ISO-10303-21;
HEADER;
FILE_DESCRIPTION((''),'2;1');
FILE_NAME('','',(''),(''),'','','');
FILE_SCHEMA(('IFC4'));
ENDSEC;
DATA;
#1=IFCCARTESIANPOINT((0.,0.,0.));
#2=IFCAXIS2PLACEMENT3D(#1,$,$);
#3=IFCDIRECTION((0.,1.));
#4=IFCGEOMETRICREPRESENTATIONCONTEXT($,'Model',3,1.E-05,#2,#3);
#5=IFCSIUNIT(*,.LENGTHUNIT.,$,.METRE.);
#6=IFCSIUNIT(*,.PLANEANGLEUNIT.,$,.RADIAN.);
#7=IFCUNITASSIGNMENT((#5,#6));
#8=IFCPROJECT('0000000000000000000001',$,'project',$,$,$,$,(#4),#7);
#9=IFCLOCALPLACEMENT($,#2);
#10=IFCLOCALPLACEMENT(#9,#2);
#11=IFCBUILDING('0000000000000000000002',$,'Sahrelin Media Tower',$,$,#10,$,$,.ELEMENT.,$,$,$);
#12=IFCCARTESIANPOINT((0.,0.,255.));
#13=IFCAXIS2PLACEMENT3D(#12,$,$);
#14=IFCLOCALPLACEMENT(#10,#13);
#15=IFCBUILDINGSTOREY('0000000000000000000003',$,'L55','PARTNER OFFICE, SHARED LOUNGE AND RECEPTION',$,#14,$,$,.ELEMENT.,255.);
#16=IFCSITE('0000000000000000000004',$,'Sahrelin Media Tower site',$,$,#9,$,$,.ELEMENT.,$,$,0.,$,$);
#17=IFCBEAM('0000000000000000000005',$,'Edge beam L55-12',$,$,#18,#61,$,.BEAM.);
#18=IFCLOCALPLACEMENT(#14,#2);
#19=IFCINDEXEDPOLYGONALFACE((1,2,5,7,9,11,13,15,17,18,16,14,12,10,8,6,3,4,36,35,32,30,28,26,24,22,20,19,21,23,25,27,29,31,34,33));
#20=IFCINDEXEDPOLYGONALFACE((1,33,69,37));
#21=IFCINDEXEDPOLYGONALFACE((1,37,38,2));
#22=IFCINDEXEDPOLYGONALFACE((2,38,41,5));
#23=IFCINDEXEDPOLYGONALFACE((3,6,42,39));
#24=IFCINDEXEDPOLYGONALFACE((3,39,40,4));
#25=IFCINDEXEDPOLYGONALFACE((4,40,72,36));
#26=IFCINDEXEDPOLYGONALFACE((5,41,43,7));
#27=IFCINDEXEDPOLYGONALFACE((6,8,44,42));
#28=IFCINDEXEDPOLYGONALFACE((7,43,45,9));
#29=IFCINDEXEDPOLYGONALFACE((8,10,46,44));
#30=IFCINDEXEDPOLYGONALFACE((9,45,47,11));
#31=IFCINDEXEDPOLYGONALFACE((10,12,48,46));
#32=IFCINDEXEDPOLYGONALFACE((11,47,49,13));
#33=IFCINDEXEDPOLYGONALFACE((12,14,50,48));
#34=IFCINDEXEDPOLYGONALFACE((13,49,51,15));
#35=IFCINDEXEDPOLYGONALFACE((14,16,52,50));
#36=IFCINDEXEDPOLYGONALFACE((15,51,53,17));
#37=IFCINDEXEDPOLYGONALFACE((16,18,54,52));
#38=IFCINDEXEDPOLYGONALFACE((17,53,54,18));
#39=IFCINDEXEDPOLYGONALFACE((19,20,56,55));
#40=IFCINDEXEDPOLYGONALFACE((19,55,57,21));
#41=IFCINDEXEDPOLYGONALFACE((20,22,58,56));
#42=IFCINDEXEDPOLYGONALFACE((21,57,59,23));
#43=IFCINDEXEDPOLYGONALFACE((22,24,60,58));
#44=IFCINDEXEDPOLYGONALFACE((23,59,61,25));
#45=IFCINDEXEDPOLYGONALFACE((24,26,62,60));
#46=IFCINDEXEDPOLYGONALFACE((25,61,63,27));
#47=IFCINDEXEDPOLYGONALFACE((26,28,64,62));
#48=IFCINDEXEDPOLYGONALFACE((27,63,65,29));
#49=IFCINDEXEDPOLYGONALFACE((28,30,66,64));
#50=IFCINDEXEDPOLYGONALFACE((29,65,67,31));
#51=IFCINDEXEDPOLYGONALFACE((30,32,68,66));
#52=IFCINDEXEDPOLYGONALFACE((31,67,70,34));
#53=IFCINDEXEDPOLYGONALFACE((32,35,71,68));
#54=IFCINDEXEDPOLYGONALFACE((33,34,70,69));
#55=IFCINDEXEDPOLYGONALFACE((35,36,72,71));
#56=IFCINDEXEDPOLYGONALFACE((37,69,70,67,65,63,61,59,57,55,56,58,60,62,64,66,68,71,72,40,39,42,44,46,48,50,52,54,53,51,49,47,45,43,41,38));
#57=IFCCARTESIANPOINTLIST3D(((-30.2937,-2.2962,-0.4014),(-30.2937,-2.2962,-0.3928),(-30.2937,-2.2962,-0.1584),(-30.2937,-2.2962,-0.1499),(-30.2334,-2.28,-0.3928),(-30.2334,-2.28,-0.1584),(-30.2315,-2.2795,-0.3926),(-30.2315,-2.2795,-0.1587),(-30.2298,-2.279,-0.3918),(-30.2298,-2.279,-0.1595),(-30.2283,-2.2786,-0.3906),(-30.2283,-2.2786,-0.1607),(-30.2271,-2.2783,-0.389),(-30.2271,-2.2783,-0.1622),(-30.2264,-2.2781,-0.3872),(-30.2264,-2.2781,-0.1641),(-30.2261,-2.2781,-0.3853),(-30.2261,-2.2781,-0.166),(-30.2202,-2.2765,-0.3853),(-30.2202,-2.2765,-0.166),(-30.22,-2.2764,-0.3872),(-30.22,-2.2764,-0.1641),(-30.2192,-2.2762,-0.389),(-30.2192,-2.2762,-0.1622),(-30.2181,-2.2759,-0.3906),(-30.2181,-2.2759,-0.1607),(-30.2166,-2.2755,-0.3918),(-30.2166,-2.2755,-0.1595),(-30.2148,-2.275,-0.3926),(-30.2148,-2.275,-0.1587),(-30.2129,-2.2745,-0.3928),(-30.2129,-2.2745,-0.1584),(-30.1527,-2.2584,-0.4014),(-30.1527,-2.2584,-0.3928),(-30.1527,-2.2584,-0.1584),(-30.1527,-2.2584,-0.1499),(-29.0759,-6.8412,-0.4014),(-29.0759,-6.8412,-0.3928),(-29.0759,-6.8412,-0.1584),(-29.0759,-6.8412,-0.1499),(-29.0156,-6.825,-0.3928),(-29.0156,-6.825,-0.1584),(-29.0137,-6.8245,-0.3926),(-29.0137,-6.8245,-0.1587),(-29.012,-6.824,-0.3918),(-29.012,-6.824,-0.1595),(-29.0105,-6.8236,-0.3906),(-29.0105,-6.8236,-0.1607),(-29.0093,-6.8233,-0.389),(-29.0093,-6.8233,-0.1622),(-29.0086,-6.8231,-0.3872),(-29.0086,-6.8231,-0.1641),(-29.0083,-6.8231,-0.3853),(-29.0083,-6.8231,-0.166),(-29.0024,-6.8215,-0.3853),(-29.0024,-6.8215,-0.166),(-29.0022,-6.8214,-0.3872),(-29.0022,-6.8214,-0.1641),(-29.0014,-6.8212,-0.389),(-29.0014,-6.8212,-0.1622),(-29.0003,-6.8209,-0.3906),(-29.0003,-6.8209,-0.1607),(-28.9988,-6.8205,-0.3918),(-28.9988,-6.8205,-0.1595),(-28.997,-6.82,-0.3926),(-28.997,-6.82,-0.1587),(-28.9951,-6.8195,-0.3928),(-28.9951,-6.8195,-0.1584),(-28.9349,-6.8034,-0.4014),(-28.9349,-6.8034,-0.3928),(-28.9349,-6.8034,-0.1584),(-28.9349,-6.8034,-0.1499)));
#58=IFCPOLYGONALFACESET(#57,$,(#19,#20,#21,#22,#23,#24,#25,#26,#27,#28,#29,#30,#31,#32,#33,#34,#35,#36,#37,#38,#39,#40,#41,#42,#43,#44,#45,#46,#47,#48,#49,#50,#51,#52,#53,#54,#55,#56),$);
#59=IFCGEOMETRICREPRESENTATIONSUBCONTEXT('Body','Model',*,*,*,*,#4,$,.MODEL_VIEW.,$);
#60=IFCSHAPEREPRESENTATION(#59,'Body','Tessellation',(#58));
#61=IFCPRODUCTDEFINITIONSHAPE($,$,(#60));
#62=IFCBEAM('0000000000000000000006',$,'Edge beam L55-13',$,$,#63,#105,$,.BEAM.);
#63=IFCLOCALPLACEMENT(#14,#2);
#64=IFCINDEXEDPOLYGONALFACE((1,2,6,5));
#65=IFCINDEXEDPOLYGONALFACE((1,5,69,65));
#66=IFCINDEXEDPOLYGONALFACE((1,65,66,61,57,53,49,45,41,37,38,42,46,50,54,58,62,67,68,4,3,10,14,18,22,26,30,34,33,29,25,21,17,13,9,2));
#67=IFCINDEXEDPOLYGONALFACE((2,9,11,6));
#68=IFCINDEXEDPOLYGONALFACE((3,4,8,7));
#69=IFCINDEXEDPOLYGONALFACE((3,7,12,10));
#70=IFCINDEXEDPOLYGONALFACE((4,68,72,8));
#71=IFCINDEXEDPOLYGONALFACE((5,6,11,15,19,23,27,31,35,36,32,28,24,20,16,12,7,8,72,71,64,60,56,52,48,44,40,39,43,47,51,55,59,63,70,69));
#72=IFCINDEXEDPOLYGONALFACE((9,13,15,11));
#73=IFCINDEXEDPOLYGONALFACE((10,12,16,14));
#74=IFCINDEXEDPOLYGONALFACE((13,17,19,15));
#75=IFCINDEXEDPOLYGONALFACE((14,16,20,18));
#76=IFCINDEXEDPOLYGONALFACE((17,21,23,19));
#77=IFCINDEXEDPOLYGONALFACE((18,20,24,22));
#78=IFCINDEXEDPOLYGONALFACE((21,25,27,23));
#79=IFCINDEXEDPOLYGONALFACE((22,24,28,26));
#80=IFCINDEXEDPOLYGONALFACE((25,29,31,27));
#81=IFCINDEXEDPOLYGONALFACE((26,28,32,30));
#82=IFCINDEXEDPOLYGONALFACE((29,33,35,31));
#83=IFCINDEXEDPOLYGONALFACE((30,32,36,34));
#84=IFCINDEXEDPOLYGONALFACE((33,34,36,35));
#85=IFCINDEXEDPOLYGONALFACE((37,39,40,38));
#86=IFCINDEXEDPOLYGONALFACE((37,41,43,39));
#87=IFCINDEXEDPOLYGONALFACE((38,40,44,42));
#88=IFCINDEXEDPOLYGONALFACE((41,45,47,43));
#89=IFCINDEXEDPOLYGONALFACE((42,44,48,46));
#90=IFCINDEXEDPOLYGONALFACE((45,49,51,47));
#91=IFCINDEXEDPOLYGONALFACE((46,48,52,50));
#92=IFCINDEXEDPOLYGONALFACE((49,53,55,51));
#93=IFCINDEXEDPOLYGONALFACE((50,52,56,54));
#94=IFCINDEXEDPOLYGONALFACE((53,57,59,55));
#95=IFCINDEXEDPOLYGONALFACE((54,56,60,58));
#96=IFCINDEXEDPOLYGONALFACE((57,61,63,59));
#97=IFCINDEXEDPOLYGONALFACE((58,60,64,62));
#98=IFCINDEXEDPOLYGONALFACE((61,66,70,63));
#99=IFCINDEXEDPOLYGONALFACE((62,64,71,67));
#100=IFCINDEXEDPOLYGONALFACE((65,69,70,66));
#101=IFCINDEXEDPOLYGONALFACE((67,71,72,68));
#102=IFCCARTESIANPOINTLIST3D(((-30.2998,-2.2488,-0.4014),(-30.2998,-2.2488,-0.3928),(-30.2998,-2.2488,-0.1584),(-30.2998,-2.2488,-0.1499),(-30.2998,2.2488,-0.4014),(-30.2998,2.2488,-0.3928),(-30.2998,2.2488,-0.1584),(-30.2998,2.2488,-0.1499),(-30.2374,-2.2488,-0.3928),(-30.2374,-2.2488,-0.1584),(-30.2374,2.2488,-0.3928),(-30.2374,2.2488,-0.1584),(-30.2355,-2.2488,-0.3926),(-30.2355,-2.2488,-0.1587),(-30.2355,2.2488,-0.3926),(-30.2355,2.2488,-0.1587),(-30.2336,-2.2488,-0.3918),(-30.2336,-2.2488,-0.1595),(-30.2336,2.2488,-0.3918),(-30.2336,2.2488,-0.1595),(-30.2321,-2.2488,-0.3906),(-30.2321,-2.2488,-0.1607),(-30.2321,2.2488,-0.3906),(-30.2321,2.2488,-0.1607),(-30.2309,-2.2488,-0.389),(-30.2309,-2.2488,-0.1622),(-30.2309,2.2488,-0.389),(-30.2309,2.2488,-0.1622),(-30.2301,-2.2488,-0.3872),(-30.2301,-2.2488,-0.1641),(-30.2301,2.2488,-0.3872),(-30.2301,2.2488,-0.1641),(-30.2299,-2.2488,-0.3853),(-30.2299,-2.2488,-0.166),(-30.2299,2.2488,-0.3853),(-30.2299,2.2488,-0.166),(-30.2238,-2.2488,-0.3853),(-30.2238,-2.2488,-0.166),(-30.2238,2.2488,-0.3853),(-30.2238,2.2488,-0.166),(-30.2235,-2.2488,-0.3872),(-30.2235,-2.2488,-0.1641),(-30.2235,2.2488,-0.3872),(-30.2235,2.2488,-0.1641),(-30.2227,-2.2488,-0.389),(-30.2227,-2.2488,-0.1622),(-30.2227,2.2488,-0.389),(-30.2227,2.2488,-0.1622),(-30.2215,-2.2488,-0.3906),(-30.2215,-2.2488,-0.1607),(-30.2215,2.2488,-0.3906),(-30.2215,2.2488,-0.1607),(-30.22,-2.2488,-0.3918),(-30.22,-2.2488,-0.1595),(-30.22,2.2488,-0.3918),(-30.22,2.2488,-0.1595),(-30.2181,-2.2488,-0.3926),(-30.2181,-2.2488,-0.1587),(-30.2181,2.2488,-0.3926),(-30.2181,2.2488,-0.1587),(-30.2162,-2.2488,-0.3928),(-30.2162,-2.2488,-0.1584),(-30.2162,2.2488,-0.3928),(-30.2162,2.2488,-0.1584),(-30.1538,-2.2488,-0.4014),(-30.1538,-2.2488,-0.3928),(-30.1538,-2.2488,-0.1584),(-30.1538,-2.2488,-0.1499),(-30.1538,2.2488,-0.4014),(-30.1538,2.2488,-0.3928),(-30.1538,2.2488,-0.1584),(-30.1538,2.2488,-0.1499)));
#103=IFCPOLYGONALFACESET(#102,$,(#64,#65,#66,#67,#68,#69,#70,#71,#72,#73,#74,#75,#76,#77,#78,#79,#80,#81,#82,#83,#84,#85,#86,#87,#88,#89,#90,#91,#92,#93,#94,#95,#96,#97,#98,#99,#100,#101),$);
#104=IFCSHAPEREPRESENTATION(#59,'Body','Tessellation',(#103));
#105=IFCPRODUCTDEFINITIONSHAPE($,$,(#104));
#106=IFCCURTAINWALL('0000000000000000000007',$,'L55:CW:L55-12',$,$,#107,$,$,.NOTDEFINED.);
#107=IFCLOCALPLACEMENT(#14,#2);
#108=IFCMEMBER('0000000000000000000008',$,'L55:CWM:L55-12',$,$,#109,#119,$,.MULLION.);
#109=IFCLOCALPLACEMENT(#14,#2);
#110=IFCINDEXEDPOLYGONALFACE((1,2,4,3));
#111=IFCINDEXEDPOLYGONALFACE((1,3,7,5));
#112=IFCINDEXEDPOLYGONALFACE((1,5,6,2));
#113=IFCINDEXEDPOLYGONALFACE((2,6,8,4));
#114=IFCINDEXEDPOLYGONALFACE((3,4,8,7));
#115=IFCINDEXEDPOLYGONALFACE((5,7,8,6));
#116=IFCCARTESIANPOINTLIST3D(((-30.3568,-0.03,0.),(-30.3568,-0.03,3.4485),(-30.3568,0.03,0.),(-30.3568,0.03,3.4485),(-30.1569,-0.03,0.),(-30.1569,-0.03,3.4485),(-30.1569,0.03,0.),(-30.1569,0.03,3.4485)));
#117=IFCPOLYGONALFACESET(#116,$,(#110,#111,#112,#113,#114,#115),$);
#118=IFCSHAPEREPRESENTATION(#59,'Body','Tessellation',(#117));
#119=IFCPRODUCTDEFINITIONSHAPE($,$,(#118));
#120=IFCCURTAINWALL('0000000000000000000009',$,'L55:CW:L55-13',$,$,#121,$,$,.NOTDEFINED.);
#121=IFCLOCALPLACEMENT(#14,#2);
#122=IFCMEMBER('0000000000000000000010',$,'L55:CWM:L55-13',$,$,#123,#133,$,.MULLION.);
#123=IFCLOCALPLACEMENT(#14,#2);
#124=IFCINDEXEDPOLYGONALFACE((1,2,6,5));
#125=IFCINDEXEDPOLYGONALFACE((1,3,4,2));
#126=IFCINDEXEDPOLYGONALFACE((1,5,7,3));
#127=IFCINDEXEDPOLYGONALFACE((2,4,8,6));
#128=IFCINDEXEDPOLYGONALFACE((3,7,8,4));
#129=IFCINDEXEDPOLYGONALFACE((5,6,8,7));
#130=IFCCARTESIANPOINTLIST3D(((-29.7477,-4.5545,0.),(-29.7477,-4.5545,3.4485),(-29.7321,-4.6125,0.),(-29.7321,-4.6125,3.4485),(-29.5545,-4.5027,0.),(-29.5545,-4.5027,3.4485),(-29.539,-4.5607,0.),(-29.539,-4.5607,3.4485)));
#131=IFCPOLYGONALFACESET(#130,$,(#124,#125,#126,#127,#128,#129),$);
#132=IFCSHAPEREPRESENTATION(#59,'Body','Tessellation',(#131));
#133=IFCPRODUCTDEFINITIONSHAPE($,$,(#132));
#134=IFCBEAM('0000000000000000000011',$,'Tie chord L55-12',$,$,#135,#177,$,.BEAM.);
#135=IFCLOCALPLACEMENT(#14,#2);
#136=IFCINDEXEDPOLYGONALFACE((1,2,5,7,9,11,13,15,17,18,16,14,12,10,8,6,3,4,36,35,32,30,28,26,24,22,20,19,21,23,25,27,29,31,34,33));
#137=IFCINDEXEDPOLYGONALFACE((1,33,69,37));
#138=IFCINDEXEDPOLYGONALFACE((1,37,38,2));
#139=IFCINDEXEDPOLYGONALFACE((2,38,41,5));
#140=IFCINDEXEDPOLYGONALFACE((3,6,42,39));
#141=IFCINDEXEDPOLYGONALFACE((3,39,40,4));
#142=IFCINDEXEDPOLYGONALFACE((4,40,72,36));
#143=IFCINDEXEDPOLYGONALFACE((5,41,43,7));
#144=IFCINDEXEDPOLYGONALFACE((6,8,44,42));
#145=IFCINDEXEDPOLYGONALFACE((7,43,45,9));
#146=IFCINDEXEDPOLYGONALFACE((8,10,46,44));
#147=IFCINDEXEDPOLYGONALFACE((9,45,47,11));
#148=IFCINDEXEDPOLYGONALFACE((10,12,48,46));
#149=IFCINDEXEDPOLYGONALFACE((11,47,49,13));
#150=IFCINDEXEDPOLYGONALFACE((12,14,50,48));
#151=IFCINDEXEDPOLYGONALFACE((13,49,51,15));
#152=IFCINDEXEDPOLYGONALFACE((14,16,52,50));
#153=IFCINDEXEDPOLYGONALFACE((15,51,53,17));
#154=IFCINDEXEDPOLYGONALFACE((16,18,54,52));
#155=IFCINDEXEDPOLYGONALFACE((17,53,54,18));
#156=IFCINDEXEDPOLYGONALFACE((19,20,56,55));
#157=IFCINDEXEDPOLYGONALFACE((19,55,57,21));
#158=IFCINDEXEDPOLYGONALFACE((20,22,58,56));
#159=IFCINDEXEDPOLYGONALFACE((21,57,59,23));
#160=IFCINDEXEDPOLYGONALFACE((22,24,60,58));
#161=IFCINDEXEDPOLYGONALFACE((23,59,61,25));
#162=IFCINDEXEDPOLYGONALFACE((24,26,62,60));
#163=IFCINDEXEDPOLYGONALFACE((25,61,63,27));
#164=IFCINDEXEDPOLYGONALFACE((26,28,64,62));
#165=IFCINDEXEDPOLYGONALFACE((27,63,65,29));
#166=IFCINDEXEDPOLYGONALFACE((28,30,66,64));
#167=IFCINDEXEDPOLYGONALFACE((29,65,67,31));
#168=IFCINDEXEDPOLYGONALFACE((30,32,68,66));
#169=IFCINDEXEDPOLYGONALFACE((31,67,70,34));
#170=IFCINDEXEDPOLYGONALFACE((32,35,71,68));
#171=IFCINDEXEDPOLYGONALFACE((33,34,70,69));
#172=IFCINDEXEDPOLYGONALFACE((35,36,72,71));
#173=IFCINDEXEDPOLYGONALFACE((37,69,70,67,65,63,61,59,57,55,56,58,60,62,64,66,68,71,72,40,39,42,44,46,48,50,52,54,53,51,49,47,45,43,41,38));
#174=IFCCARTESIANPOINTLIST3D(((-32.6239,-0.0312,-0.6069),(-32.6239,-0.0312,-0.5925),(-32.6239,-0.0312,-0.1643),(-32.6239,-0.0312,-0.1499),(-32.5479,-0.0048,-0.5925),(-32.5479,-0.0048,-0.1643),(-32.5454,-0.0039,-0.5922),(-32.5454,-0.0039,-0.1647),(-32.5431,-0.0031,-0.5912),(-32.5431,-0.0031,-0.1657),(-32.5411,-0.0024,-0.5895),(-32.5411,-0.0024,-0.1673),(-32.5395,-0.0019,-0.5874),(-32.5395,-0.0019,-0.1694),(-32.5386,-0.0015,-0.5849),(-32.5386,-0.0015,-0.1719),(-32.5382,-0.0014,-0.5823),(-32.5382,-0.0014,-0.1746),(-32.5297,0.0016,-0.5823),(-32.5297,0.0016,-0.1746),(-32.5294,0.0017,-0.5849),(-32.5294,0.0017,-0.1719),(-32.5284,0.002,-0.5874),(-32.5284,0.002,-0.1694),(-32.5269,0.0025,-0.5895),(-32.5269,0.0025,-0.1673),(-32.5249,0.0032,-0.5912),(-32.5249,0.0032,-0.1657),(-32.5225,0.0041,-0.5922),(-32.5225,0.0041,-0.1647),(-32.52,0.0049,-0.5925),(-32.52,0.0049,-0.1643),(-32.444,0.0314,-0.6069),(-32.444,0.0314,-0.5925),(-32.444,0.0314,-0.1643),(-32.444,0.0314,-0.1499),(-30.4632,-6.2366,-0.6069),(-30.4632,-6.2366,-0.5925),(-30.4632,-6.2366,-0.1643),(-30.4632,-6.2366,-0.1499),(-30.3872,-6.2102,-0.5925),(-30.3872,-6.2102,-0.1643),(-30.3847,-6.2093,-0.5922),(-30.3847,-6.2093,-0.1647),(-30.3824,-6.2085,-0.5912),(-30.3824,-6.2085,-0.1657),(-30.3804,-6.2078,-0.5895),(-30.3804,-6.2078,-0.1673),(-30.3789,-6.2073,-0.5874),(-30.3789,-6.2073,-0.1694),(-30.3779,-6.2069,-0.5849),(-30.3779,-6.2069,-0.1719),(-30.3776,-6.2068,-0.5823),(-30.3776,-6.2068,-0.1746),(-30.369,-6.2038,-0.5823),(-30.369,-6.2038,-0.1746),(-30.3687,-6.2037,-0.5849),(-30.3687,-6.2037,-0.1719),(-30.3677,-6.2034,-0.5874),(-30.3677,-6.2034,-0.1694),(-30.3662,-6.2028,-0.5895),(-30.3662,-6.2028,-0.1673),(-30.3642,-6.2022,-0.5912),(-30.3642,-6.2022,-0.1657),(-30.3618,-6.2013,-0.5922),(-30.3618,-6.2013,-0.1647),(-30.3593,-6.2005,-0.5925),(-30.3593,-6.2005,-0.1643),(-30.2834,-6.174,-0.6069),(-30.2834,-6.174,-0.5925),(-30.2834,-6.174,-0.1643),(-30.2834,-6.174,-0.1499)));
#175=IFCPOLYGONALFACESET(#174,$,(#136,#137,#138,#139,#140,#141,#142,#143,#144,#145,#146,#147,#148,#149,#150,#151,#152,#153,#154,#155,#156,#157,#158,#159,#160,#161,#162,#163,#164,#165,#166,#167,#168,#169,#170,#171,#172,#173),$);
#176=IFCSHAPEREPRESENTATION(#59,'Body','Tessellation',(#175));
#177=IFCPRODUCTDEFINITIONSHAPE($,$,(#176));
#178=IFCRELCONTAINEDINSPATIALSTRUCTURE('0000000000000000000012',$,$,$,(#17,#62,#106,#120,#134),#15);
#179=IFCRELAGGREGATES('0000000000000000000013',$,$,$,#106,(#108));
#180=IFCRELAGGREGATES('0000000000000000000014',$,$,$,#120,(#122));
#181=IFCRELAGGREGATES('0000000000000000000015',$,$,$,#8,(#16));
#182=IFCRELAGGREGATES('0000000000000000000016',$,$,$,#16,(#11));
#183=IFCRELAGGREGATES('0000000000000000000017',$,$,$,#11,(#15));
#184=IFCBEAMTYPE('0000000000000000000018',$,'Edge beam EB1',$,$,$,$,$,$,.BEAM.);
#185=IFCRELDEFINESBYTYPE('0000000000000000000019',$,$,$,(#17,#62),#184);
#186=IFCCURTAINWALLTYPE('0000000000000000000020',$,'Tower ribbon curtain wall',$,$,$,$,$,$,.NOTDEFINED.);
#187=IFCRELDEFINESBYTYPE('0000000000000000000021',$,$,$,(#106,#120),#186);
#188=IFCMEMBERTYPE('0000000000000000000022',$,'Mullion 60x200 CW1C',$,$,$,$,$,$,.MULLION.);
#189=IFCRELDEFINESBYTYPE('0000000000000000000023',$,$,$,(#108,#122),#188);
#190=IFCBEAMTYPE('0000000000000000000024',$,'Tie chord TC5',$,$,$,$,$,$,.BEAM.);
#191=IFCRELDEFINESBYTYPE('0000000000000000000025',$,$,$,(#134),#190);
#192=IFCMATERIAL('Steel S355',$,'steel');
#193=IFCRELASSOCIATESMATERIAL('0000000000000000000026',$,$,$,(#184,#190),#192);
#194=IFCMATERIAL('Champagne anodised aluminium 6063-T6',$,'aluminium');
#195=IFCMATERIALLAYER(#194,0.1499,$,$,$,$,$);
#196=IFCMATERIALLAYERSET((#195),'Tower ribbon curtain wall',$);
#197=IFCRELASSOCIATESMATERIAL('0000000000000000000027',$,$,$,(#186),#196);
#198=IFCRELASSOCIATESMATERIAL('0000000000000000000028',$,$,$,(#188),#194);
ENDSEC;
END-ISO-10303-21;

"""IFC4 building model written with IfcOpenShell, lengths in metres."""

from ifc_helpers import new_model, si_unit, direction, frame, origin, origin_2d, place, context, subcontext, project, spatial, rectangle, i_section, extrude, material, layer, layer_set, material_profile, profile_set, type_object, element, aggregate, save


model = new_model("IFC4")

# Units and contexts
model_context = context("Model", 3, precision=1e-05, world=origin(), true_north=direction((0.0, 1.0)))
body_context = subcontext(model_context, "Body", "Model", "MODEL_VIEW")
ifc_project = project(units=[si_unit("LENGTHUNIT", "METRE"), si_unit("PLANEANGLEUNIT", "RADIAN")], contexts=[model_context])

# Site, building, storey
site_placement = place(None, origin())
site = spatial("IfcSite", under=ifc_project, at=site_placement, Name="Sahrelin Media Tower site", CompositionType="ELEMENT", RefElevation=0.0)
building_placement = place(site_placement, origin())
building = spatial("IfcBuilding", under=site, at=building_placement, Name="Sahrelin Media Tower", CompositionType="ELEMENT")
storey_placement = place(building_placement, frame((0.0, 0.0, 255.0)))
storey = spatial("IfcBuildingStorey", under=building, at=storey_placement, Name="L55", Description="PARTNER OFFICE, SHARED LOUNGE AND RECEPTION", CompositionType="ELEMENT", Elevation=255.0)

# Beams
ifc_material_1 = material(Name="Steel S355", Category="steel")
ifc_material_profile_1 = material_profile(ifc_material_1, i_section(OverallWidth=0.146, OverallDepth=0.2515, WebThickness=0.0061, FlangeThickness=0.0085, FilletRadius=0.0076, at=origin_2d()), Name="UB 254x146x31")
ifc_profile_set_1 = profile_set([ifc_material_profile_1], Name="Steel S355")
beam_type_1 = type_object("IfcBeamType", Name="Edge beam EB1", PredefinedType="BEAM", material=ifc_profile_set_1)
beam_1_placement = place(storey_placement, frame((-29.0054, -6.8223, -0.2756), z_axis=(-0.258812, 0.965928, 0.0), x_axis=(-0.965928, -0.258812, 0.0)))
element("IfcBeam", 1, at=beam_1_placement, inside=storey, type_object=beam_type_1, Name="Edge beam L55-12", PredefinedType="BEAM", context=body_context, shape_type="SweptSolid", body=[
    extrude(i_section(OverallWidth=0.146, OverallDepth=0.2515, WebThickness=0.0061, FlangeThickness=0.0085, FilletRadius=0.0076, at=origin_2d()), origin(), (0.0, 0.0, 1.0), 4.7053),
])
beam_2_placement = place(storey_placement, frame((-30.2268, -2.2488, -0.2756), z_axis=(0.0, 1.0, 0.0), x_axis=(-1.0, 0.0, 0.0)))
element("IfcBeam", 2, at=beam_2_placement, inside=storey, type_object=beam_type_1, Name="Edge beam L55-13", PredefinedType="BEAM", context=body_context, shape_type="SweptSolid", body=[
    extrude(i_section(OverallWidth=0.146, OverallDepth=0.2515, WebThickness=0.0061, FlangeThickness=0.0085, FilletRadius=0.0076, at=origin_2d()), origin(), (0.0, 0.0, 1.0), 4.4976),
])

# Curtain walls, members
ifc_material_2 = material(Name="Champagne anodised aluminium 6063-T6", Category="aluminium")
ifc_layer_1 = layer(ifc_material_2, 0.1499)
ifc_layer_set_1 = layer_set([ifc_layer_1], Name="Tower ribbon curtain wall")
curtain_wall_type = type_object("IfcCurtainWallType", Name="Tower ribbon curtain wall", PredefinedType="NOTDEFINED", material=ifc_layer_set_1)
curtain_wall_1_placement = place(storey_placement, frame((-30.377, 0.0, 0.0), z_axis=(0.0, 0.0, 1.0), x_axis=(1.0, 0.0, 0.0)))
curtain_wall_1 = element("IfcCurtainWall", 3, at=curtain_wall_1_placement, inside=storey, type_object=curtain_wall_type, Name="L55:CW:L55-12", PredefinedType="NOTDEFINED")
ifc_material_profile_2 = material_profile(ifc_material_2, rectangle(XDim=0.0601, YDim=0.2, at=origin_2d()), Name="Mullion 60x200")
ifc_profile_set_2 = profile_set([ifc_material_profile_2], Name="Champagne anodised aluminium 6063-T6")
member_type_1 = type_object("IfcMemberType", Name="Mullion 60x200 CW1C", PredefinedType="MULLION", material=ifc_profile_set_2)
member_1_placement = place(storey_placement, frame((-30.2568, 0.0, 0.0), z_axis=(0.0, 0.0, 1.0), x_axis=(0.0, -1.0, 0.0)))
member_1 = element("IfcMember", 4, at=member_1_placement, type_object=member_type_1, Name="L55:CWM:L55-12", PredefinedType="MULLION", context=body_context, shape_type="SweptSolid", body=[
    extrude(rectangle(XDim=0.0601, YDim=0.2, at=origin_2d()), origin(), (0.0, 0.0, 1.0), 3.4485),
])
aggregate(curtain_wall_1, [member_1])
curtain_wall_2_placement = place(storey_placement, frame((-29.759, -4.5886, 0.0), z_axis=(0.0, 0.0, 1.0), x_axis=(1.0, 0.0, 0.0)))
curtain_wall_2 = element("IfcCurtainWall", 5, at=curtain_wall_2_placement, inside=storey, type_object=curtain_wall_type, Name="L55:CW:L55-13", PredefinedType="NOTDEFINED")
member_2_placement = place(storey_placement, frame((-29.6433, -4.5576, 0.0), z_axis=(0.0, 0.0, 1.0), x_axis=(0.258836, -0.965921, 0.0)))
member_2 = element("IfcMember", 6, at=member_2_placement, type_object=member_type_1, Name="L55:CWM:L55-13", PredefinedType="MULLION", context=body_context, shape_type="SweptSolid", body=[
    extrude(rectangle(XDim=0.0601, YDim=0.2, at=origin_2d()), origin(), (0.0, 0.0, 1.0), 3.4485),
])

# Beam
ifc_material_profile_3 = material_profile(ifc_material_1, i_section(OverallWidth=0.1904, OverallDepth=0.457, WebThickness=0.009, FlangeThickness=0.0144, FilletRadius=0.0103, at=origin_2d()), Name="UB 457x191x74")
ifc_profile_set_3 = profile_set([ifc_material_profile_3], Name="Steel S355")
beam_type_2 = type_object("IfcBeamType", Name="Tie chord TC5", PredefinedType="BEAM", material=ifc_profile_set_3)
for number, where, z_axis, x_axis, name in (
    (7, (-30.3733, -6.2053, -0.3784), (-0.328829, 0.944389, 0.0), (-0.944389, -0.328829, 0.0), "Tie chord L55-12"),
):
    element("IfcBeam", number, at=place(storey_placement, frame(where, z_axis=z_axis, x_axis=x_axis)), inside=storey, type_object=beam_type_2, Name=name, PredefinedType="BEAM", context=body_context, shape_type="SweptSolid", body=[
        extrude(i_section(OverallWidth=0.1904, OverallDepth=0.457, WebThickness=0.009, FlangeThickness=0.0144, FilletRadius=0.0103, at=origin_2d()), origin(), (0.0, 0.0, 1.0), 6.5708),
    ])

aggregate(curtain_wall_2, [member_2])

save(model, "model.ifc")
